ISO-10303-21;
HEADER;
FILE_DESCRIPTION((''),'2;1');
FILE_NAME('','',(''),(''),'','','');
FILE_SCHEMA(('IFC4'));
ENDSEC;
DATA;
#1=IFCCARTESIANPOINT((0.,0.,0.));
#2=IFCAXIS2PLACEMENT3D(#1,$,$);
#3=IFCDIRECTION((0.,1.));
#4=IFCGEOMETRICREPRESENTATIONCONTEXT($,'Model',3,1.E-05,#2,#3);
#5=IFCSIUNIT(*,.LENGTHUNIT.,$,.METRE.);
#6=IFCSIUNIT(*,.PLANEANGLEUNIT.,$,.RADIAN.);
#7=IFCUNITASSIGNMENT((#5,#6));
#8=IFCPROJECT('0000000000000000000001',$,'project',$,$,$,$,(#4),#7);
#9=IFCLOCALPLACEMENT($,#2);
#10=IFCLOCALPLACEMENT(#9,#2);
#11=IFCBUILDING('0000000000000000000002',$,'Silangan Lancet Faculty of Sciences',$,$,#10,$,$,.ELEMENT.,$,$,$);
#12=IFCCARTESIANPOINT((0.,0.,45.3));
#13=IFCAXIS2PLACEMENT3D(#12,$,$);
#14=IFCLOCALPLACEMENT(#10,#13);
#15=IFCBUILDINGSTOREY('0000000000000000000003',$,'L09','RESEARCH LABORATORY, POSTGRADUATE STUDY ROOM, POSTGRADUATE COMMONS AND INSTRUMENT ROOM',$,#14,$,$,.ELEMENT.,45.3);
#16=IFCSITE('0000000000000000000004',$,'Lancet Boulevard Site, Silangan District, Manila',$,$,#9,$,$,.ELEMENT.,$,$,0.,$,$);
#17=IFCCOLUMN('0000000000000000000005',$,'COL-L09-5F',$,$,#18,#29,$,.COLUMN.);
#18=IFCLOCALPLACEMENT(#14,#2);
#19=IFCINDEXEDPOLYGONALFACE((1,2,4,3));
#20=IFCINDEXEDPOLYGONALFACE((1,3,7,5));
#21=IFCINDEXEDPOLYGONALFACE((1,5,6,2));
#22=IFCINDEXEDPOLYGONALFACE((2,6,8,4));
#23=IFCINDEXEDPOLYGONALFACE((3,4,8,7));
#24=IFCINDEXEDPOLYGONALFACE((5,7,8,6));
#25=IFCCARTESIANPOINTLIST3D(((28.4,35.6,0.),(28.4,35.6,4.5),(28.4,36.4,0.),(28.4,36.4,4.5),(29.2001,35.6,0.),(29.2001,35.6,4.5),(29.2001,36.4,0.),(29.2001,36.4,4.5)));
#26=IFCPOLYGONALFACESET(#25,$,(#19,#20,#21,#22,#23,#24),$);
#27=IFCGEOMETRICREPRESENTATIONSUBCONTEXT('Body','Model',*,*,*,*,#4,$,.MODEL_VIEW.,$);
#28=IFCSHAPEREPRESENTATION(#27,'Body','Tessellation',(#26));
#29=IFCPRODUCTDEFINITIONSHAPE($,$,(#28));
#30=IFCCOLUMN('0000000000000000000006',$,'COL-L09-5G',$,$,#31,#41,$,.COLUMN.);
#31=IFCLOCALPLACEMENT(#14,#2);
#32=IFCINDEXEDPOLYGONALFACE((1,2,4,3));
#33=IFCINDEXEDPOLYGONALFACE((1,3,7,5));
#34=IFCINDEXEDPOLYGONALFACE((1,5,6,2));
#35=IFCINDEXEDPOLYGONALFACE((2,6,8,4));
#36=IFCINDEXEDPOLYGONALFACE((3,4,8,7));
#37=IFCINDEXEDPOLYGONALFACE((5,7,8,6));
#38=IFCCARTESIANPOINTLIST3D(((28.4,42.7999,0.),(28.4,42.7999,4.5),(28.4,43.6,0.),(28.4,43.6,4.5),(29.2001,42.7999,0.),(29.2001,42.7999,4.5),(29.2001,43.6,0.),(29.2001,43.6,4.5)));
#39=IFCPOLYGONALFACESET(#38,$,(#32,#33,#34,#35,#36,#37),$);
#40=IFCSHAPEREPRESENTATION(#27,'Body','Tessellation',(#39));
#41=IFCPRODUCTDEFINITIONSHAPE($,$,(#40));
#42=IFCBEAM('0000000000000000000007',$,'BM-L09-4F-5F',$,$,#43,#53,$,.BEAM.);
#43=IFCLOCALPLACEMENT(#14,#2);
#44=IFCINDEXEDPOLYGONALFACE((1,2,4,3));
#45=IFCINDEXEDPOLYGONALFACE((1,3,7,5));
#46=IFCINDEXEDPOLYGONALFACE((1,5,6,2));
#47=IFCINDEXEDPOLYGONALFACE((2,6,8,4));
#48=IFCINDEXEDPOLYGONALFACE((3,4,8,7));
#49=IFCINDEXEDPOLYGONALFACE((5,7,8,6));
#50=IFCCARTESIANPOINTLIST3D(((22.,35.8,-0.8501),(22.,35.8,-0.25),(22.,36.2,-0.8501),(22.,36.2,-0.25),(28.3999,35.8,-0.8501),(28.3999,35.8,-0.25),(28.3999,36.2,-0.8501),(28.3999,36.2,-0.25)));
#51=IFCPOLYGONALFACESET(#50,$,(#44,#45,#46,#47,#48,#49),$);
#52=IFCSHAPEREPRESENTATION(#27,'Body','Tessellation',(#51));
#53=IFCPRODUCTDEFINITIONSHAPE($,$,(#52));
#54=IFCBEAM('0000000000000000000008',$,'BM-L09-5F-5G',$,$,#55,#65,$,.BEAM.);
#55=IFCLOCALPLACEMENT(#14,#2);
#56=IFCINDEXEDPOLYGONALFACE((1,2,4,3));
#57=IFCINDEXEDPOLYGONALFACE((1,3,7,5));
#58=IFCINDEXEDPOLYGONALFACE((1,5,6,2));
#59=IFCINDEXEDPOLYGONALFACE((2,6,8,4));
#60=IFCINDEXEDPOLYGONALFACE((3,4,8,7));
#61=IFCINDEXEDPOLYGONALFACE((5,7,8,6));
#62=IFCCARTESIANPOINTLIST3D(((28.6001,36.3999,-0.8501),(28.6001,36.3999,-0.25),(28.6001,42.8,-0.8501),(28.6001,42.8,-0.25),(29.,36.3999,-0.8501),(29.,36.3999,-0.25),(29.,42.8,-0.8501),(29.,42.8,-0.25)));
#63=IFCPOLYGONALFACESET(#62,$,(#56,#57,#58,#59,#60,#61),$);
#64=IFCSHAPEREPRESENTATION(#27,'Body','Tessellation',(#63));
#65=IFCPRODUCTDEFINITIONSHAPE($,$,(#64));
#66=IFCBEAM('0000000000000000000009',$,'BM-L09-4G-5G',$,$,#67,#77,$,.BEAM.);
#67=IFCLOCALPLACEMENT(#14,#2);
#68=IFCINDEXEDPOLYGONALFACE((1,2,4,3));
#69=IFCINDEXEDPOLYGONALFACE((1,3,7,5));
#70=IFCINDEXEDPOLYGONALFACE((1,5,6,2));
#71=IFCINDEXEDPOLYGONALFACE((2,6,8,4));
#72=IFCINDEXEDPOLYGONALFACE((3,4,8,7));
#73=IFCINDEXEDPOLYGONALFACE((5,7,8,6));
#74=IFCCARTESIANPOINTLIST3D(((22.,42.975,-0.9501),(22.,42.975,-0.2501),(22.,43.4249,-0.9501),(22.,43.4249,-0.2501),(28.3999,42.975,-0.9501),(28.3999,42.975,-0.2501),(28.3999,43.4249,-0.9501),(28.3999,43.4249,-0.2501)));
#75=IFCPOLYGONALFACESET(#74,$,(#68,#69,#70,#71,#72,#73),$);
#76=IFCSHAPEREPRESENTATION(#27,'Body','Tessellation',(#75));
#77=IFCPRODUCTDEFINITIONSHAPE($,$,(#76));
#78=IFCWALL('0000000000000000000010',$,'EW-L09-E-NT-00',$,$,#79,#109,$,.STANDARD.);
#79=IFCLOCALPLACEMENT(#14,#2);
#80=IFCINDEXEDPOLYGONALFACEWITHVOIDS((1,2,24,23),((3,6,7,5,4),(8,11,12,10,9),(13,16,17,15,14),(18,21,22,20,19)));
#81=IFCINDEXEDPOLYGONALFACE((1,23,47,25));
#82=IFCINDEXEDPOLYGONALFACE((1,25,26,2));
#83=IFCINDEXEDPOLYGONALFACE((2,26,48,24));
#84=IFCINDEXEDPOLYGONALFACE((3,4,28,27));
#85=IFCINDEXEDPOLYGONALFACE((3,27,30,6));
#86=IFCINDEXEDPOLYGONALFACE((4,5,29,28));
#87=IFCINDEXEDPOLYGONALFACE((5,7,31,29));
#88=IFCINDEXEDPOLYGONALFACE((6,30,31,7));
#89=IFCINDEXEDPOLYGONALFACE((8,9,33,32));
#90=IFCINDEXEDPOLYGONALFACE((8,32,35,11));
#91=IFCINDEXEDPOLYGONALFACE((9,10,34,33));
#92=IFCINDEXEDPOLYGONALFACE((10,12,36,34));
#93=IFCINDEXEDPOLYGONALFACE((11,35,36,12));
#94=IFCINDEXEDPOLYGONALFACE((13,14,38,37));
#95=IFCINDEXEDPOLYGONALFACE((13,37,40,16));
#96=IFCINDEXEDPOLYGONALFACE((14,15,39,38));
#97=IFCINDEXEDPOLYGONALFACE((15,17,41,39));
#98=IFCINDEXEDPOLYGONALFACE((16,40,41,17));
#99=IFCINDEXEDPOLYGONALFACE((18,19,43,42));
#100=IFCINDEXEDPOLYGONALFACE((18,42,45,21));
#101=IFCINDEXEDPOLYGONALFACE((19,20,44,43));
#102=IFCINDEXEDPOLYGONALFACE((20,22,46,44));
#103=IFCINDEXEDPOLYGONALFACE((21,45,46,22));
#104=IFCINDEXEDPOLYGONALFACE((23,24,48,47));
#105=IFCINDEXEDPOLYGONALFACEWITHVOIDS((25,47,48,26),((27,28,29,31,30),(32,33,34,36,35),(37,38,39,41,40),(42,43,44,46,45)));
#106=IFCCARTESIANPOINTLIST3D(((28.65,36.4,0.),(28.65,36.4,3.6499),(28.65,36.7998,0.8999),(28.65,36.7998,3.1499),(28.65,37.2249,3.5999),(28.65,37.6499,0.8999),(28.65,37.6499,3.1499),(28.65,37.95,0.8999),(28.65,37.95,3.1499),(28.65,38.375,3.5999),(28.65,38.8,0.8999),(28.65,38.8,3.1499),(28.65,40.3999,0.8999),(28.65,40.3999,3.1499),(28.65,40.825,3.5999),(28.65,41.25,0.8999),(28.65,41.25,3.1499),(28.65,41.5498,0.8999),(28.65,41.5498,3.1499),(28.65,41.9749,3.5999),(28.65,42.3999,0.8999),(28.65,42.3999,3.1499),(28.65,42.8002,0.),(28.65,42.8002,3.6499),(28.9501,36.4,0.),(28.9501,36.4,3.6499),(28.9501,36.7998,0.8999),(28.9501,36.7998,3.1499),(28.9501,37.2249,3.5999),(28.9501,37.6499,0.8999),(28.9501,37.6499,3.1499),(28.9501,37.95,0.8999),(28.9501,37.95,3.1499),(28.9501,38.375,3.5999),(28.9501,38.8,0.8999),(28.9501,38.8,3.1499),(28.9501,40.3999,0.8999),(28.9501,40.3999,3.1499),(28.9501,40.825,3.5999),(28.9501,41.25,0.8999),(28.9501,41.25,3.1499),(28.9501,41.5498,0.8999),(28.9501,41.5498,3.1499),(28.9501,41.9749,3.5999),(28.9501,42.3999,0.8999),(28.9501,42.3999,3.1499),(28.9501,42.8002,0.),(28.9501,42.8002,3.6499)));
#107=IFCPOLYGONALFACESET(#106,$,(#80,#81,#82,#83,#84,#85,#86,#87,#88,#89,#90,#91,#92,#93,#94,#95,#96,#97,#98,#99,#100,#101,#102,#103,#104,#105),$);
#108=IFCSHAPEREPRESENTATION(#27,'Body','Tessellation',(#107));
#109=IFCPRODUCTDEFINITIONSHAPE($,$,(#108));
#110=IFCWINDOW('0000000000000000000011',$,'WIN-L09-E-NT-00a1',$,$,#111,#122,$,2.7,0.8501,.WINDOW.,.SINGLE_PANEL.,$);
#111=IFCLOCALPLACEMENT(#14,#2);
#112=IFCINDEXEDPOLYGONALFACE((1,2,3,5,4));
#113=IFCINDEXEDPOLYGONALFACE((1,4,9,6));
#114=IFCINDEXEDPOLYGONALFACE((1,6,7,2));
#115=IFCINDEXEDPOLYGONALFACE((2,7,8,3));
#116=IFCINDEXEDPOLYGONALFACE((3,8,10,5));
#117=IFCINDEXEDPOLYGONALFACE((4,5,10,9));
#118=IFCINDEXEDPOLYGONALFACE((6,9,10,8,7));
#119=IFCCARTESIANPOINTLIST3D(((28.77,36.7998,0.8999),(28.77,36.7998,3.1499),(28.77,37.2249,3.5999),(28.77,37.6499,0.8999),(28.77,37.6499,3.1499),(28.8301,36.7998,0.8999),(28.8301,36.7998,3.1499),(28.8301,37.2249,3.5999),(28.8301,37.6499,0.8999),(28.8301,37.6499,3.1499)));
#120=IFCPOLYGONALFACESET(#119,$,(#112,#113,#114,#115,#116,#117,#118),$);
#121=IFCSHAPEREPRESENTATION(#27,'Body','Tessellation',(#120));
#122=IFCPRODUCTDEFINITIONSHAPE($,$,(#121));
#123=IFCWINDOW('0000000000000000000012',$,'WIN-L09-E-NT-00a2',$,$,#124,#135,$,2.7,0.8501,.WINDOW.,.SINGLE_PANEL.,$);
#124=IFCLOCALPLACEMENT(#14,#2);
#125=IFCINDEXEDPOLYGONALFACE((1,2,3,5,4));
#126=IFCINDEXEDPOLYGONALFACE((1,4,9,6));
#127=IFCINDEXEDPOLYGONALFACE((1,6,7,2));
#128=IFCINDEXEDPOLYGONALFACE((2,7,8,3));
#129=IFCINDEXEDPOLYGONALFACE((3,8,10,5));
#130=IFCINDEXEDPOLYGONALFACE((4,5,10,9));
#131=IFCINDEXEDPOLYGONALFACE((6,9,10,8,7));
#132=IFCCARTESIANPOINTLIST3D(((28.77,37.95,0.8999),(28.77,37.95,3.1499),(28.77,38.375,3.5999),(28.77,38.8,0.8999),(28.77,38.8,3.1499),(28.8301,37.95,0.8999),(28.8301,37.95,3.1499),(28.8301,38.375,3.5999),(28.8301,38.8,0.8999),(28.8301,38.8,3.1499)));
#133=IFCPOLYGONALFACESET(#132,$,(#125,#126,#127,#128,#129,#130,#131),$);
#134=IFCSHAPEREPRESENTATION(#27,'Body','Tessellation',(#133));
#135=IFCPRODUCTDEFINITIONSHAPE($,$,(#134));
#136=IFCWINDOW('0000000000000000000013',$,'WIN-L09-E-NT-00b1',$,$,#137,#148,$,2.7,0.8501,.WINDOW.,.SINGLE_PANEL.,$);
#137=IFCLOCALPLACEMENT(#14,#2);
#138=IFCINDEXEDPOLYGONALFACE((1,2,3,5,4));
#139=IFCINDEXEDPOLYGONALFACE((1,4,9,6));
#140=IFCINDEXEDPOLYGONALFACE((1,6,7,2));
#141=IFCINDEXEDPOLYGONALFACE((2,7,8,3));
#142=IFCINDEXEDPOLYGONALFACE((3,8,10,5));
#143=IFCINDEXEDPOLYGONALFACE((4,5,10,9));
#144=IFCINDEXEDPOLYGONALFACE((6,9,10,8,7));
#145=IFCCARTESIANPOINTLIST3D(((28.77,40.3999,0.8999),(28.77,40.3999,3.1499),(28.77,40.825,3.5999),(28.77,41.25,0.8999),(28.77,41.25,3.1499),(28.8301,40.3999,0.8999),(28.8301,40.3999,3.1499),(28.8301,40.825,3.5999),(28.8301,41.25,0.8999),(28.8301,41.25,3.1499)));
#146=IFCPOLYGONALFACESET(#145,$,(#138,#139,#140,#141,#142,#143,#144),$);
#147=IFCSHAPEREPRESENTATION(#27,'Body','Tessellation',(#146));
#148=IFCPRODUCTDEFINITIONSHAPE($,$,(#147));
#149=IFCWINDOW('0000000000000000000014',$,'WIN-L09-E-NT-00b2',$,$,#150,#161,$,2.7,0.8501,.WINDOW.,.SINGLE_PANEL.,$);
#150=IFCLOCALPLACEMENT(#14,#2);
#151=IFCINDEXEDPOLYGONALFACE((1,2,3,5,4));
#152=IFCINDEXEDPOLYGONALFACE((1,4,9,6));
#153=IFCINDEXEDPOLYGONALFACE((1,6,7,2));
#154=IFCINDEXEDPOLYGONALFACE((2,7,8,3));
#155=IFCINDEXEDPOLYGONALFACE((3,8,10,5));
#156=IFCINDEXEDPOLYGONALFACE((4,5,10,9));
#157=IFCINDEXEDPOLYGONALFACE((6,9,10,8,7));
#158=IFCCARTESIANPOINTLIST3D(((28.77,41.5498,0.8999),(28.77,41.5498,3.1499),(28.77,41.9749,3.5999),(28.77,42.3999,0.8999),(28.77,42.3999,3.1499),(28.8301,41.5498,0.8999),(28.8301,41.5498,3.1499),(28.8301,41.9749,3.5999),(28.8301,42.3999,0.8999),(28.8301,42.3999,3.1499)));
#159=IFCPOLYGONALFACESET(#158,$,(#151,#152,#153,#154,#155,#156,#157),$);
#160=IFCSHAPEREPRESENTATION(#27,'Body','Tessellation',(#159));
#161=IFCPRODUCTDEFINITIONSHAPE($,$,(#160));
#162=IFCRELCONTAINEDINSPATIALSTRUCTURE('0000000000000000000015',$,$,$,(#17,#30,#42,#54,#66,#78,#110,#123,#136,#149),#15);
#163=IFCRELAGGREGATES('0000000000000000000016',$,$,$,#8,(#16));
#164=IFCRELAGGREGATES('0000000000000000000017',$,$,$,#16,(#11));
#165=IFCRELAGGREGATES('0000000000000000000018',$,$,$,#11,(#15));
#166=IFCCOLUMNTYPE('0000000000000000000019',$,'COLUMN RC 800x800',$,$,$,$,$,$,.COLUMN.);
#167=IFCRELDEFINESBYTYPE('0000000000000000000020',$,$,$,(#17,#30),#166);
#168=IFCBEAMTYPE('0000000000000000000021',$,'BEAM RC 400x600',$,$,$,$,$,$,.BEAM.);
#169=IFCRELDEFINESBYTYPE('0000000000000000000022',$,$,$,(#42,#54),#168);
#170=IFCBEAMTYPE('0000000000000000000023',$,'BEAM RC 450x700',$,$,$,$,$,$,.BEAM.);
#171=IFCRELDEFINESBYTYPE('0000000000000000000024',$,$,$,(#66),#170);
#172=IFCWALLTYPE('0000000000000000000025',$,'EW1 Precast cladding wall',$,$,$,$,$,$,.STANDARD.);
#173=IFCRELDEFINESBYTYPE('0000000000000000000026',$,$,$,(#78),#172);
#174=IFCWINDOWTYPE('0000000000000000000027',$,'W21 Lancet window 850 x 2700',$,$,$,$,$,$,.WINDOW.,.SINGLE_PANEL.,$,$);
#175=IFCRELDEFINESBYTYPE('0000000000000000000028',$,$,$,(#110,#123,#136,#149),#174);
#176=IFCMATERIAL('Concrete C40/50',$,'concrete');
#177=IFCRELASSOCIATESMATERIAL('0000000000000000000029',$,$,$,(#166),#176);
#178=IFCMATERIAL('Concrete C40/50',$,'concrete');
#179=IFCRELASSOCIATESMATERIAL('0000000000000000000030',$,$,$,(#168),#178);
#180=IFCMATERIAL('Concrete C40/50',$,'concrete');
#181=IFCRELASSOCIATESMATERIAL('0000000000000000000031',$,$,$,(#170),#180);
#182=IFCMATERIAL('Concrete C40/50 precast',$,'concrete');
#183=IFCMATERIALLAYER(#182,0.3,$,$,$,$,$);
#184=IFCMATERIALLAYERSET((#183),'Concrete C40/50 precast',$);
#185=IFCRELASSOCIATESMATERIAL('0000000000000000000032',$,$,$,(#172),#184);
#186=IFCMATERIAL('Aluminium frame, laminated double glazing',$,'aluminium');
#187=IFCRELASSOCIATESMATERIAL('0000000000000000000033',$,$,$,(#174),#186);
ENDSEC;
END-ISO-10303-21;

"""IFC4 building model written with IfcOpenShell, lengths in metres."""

from ifc_helpers import new_model, si_unit, direction, frame, frame_2d, origin, origin_2d, place, context, subcontext, project, spatial, polyline, rectangle, outline, extrude, material, layer, layer_set, material_profile, profile_set, type_object, element, fill, save


model = new_model("IFC4")

# Units and contexts
model_context = context("Model", 3, precision=1e-05, world=origin(), true_north=direction((0.0, 1.0)))
body_context = subcontext(model_context, "Body", "Model", "MODEL_VIEW")
ifc_project = project(units=[si_unit("LENGTHUNIT", "METRE"), si_unit("PLANEANGLEUNIT", "RADIAN")], contexts=[model_context])

# Site, building, storey
site_placement = place(None, origin())
site = spatial("IfcSite", under=ifc_project, at=site_placement, Name="Lancet Boulevard Site, Silangan District, Manila", CompositionType="ELEMENT", RefElevation=0.0)
building_placement = place(site_placement, origin())
building = spatial("IfcBuilding", under=site, at=building_placement, Name="Silangan Lancet Faculty of Sciences", CompositionType="ELEMENT")
storey_placement = place(building_placement, frame((0.0, 0.0, 45.3)))
storey = spatial("IfcBuildingStorey", under=building, at=storey_placement, Name="L09", Description="RESEARCH LABORATORY, POSTGRADUATE STUDY ROOM, POSTGRADUATE COMMONS AND INSTRUMENT ROOM", CompositionType="ELEMENT", Elevation=45.3)

# Columns
ifc_material_1 = material(Name="Concrete C40/50", Category="concrete")
ifc_material_profile_1 = material_profile(ifc_material_1, rectangle(XDim=0.8, YDim=0.8, at=origin_2d()), Name="RC 800x800")
ifc_profile_set_1 = profile_set([ifc_material_profile_1], Name="Concrete C40/50")
column_type = type_object("IfcColumnType", Name="COLUMN RC 800x800", PredefinedType="COLUMN", material=ifc_profile_set_1)
for number, where, z_axis, x_axis, name in (
    (1, (28.8, 36.0, 0.0), (0.0, 0.0, 1.0), (1.0, 0.0, 0.0), "COL-L09-5F"),
    (2, (28.8, 43.2, 0.0), (0.0, 0.0, 1.0), (1.0, 0.0, 0.0), "COL-L09-5G"),
):
    element("IfcColumn", number, at=place(storey_placement, frame(where, z_axis=z_axis, x_axis=x_axis)), inside=storey, type_object=column_type, Name=name, PredefinedType="COLUMN", context=body_context, shape_type="SweptSolid", body=[
        extrude(rectangle(XDim=0.8, YDim=0.8, at=origin_2d()), origin(), (0.0, 0.0, 1.0), 4.5),
    ])

# Beams
ifc_material_2 = material(Name="Concrete C40/50", Category="concrete")
ifc_material_profile_2 = material_profile(ifc_material_2, rectangle(XDim=0.3999, YDim=0.6001, at=origin_2d()), Name="RC 400x600")
ifc_profile_set_2 = profile_set([ifc_material_profile_2], Name="Concrete C40/50")
beam_type_1 = type_object("IfcBeamType", Name="BEAM RC 400x600", PredefinedType="BEAM", material=ifc_profile_set_2)
beam_1_placement = place(storey_placement, frame((22.0, 36.0, -0.55), z_axis=(1.0, 0.0, 0.0), x_axis=(0.0, 1.0, 0.0)))
element("IfcBeam", 3, at=beam_1_placement, inside=storey, type_object=beam_type_1, Name="BM-L09-4F-5F", PredefinedType="BEAM", context=body_context, shape_type="SweptSolid", body=[
    extrude(rectangle(XDim=0.3999, YDim=0.6001, at=origin_2d()), origin(), (0.0, 0.0, 1.0), 6.3999),
])
beam_2_placement = place(storey_placement, frame((28.8, 36.3999, -0.55), z_axis=(0.0, 1.0, 0.0), x_axis=(-1.0, 0.0, 0.0)))
element("IfcBeam", 4, at=beam_2_placement, inside=storey, type_object=beam_type_1, Name="BM-L09-5F-5G", PredefinedType="BEAM", context=body_context, shape_type="SweptSolid", body=[
    extrude(rectangle(XDim=0.3999, YDim=0.6001, at=origin_2d()), origin(), (0.0, 0.0, 1.0), 6.4001),
])
ifc_material_3 = material(Name="Concrete C40/50", Category="concrete")
ifc_material_profile_3 = material_profile(ifc_material_3, rectangle(XDim=0.45, YDim=0.7, at=origin_2d()), Name="RC 450x700")
ifc_profile_set_3 = profile_set([ifc_material_profile_3], Name="Concrete C40/50")
beam_type_2 = type_object("IfcBeamType", Name="BEAM RC 450x700", PredefinedType="BEAM", material=ifc_profile_set_3)
beam_3_placement = place(storey_placement, frame((22.0, 43.2, -0.6001), z_axis=(1.0, 0.0, 0.0), x_axis=(0.0, 1.0, 0.0)))
element("IfcBeam", 5, at=beam_3_placement, inside=storey, type_object=beam_type_2, Name="BM-L09-4G-5G", PredefinedType="BEAM", context=body_context, shape_type="SweptSolid", body=[
    extrude(rectangle(XDim=0.45, YDim=0.7, at=origin_2d()), origin(), (0.0, 0.0, 1.0), 6.3999),
])

# Wall, openings, windows
ifc_material_4 = material(Name="Concrete C40/50 precast", Category="concrete")
ifc_layer_1 = layer(ifc_material_4, 0.3)
ifc_layer_set_1 = layer_set([ifc_layer_1], Name="Concrete C40/50 precast")
wall_type_1 = type_object("IfcWallType", Name="EW1 Precast cladding wall", PredefinedType="STANDARD", material=ifc_layer_set_1)
wall_1_placement = place(storey_placement, frame((28.8, 36.3999, 0.0), z_axis=(0.0, 0.0, 1.0), x_axis=(0.0, 1.0, 0.0)))
wall_1 = element("IfcWall", 6, at=wall_1_placement, inside=storey, type_object=wall_type_1, Name="EW-L09-E-NT-00", PredefinedType="STANDARD", context=body_context, shape_type="SweptSolid", body=[
    extrude(rectangle(XDim=6.4001, YDim=0.3, at=frame_2d((3.2002, 0.0))), origin(), (0.0, 0.0, 1.0), 3.6499),
])
opening_1_placement = place(wall_1_placement, frame((0.3999, 0.0, 0.8999)))
opening_1 = element("IfcOpeningElement", 7, at=opening_1_placement, cuts=wall_1, PredefinedType="OPENING", context=body_context, shape_type="SweptSolid", body=[
    extrude(outline(polyline([(0.0, 0.0), (0.8501, 0.0), (0.8501, 2.25), (0.425, 2.7), (0.0, 2.25), (0.0, 0.0)])), frame((0.0, 0.1599, 0.0), z_axis=(0.0, -1.0, 0.0), x_axis=(1.0, 0.0, 0.0)), (0.0, 0.0, 1.0), 0.3201),
])
opening_2_placement = place(wall_1_placement, frame((1.55, 0.0, 0.8999)))
opening_2 = element("IfcOpeningElement", 8, at=opening_2_placement, cuts=wall_1, PredefinedType="OPENING", context=body_context, shape_type="SweptSolid", body=[
    extrude(outline(polyline([(0.0, 0.0), (0.8501, 0.0), (0.8501, 2.25), (0.425, 2.7), (0.0, 2.25), (0.0, 0.0)])), frame((0.0, 0.1599, 0.0), z_axis=(0.0, -1.0, 0.0), x_axis=(1.0, 0.0, 0.0)), (0.0, 0.0, 1.0), 0.3201),
])
opening_3_placement = place(wall_1_placement, frame((4.0, 0.0, 0.8999)))
opening_3 = element("IfcOpeningElement", 9, at=opening_3_placement, cuts=wall_1, PredefinedType="OPENING", context=body_context, shape_type="SweptSolid", body=[
    extrude(outline(polyline([(0.0, 0.0), (0.8501, 0.0), (0.8501, 2.25), (0.425, 2.7), (0.0, 2.25), (0.0, 0.0)])), frame((0.0, 0.1599, 0.0), z_axis=(0.0, -1.0, 0.0), x_axis=(1.0, 0.0, 0.0)), (0.0, 0.0, 1.0), 0.3201),
])
opening_4_placement = place(wall_1_placement, frame((5.1499, 0.0, 0.8999)))
opening_4 = element("IfcOpeningElement", 10, at=opening_4_placement, cuts=wall_1, PredefinedType="OPENING", context=body_context, shape_type="SweptSolid", body=[
    extrude(outline(polyline([(0.0, 0.0), (0.8501, 0.0), (0.8501, 2.25), (0.425, 2.7), (0.0, 2.25), (0.0, 0.0)])), frame((0.0, 0.1599, 0.0), z_axis=(0.0, -1.0, 0.0), x_axis=(1.0, 0.0, 0.0)), (0.0, 0.0, 1.0), 0.3201),
])
ifc_material_5 = material(Name="Aluminium frame, laminated double glazing", Category="aluminium")
window_type = type_object("IfcWindowType", Name="W21 Lancet window 850 x 2700", PartitioningType="SINGLE_PANEL", PredefinedType="WINDOW", material=ifc_material_5)
window_1_placement = place(opening_1_placement, origin())
window_1 = element("IfcWindow", 11, at=window_1_placement, inside=storey, type_object=window_type, Name="WIN-L09-E-NT-00a1", OverallHeight=2.7, OverallWidth=0.8501, PartitioningType="SINGLE_PANEL", PredefinedType="WINDOW", context=body_context, shape_type="SweptSolid", body=[
    extrude(outline(polyline([(0.0, 0.0), (0.8501, 0.0), (0.8501, 2.25), (0.425, 2.7), (0.0, 2.25), (0.0, 0.0)])), frame((0.0, 0.03, 0.0), z_axis=(0.0, -1.0, 0.0), x_axis=(1.0, 0.0, 0.0)), (0.0, 0.0, 1.0), 0.0601),
])
fill(opening_1, window_1)
window_2_placement = place(opening_2_placement, origin())
window_2 = element("IfcWindow", 12, at=window_2_placement, inside=storey, type_object=window_type, Name="WIN-L09-E-NT-00a2", OverallHeight=2.7, OverallWidth=0.8501, PartitioningType="SINGLE_PANEL", PredefinedType="WINDOW", context=body_context, shape_type="SweptSolid", body=[
    extrude(outline(polyline([(0.0, 0.0), (0.8501, 0.0), (0.8501, 2.25), (0.425, 2.7), (0.0, 2.25), (0.0, 0.0)])), frame((0.0, 0.03, 0.0), z_axis=(0.0, -1.0, 0.0), x_axis=(1.0, 0.0, 0.0)), (0.0, 0.0, 1.0), 0.0601),
])
fill(opening_2, window_2)
window_3_placement = place(opening_3_placement, origin())
window_3 = element("IfcWindow", 13, at=window_3_placement, inside=storey, type_object=window_type, Name="WIN-L09-E-NT-00b1", OverallHeight=2.7, OverallWidth=0.8501, PartitioningType="SINGLE_PANEL", PredefinedType="WINDOW", context=body_context, shape_type="SweptSolid", body=[
    extrude(outline(polyline([(0.0, 0.0), (0.8501, 0.0), (0.8501, 2.25), (0.425, 2.7), (0.0, 2.25), (0.0, 0.0)])), frame((0.0, 0.03, 0.0), z_axis=(0.0, -1.0, 0.0), x_axis=(1.0, 0.0, 0.0)), (0.0, 0.0, 1.0), 0.0601),
])
fill(opening_3, window_3)
window_4_placement = place(opening_4_placement, origin())
window_4 = element("IfcWindow", 14, at=window_4_placement, inside=storey, type_object=window_type, Name="WIN-L09-E-NT-00b2", OverallHeight=2.7, OverallWidth=0.8501, PartitioningType="SINGLE_PANEL", PredefinedType="WINDOW", context=body_context, shape_type="SweptSolid", body=[
    extrude(outline(polyline([(0.0, 0.0), (0.8501, 0.0), (0.8501, 2.25), (0.425, 2.7), (0.0, 2.25), (0.0, 0.0)])), frame((0.0, 0.03, 0.0), z_axis=(0.0, -1.0, 0.0), x_axis=(1.0, 0.0, 0.0)), (0.0, 0.0, 1.0), 0.0601),
])
fill(opening_4, window_4)

save(model, "model.ifc")
